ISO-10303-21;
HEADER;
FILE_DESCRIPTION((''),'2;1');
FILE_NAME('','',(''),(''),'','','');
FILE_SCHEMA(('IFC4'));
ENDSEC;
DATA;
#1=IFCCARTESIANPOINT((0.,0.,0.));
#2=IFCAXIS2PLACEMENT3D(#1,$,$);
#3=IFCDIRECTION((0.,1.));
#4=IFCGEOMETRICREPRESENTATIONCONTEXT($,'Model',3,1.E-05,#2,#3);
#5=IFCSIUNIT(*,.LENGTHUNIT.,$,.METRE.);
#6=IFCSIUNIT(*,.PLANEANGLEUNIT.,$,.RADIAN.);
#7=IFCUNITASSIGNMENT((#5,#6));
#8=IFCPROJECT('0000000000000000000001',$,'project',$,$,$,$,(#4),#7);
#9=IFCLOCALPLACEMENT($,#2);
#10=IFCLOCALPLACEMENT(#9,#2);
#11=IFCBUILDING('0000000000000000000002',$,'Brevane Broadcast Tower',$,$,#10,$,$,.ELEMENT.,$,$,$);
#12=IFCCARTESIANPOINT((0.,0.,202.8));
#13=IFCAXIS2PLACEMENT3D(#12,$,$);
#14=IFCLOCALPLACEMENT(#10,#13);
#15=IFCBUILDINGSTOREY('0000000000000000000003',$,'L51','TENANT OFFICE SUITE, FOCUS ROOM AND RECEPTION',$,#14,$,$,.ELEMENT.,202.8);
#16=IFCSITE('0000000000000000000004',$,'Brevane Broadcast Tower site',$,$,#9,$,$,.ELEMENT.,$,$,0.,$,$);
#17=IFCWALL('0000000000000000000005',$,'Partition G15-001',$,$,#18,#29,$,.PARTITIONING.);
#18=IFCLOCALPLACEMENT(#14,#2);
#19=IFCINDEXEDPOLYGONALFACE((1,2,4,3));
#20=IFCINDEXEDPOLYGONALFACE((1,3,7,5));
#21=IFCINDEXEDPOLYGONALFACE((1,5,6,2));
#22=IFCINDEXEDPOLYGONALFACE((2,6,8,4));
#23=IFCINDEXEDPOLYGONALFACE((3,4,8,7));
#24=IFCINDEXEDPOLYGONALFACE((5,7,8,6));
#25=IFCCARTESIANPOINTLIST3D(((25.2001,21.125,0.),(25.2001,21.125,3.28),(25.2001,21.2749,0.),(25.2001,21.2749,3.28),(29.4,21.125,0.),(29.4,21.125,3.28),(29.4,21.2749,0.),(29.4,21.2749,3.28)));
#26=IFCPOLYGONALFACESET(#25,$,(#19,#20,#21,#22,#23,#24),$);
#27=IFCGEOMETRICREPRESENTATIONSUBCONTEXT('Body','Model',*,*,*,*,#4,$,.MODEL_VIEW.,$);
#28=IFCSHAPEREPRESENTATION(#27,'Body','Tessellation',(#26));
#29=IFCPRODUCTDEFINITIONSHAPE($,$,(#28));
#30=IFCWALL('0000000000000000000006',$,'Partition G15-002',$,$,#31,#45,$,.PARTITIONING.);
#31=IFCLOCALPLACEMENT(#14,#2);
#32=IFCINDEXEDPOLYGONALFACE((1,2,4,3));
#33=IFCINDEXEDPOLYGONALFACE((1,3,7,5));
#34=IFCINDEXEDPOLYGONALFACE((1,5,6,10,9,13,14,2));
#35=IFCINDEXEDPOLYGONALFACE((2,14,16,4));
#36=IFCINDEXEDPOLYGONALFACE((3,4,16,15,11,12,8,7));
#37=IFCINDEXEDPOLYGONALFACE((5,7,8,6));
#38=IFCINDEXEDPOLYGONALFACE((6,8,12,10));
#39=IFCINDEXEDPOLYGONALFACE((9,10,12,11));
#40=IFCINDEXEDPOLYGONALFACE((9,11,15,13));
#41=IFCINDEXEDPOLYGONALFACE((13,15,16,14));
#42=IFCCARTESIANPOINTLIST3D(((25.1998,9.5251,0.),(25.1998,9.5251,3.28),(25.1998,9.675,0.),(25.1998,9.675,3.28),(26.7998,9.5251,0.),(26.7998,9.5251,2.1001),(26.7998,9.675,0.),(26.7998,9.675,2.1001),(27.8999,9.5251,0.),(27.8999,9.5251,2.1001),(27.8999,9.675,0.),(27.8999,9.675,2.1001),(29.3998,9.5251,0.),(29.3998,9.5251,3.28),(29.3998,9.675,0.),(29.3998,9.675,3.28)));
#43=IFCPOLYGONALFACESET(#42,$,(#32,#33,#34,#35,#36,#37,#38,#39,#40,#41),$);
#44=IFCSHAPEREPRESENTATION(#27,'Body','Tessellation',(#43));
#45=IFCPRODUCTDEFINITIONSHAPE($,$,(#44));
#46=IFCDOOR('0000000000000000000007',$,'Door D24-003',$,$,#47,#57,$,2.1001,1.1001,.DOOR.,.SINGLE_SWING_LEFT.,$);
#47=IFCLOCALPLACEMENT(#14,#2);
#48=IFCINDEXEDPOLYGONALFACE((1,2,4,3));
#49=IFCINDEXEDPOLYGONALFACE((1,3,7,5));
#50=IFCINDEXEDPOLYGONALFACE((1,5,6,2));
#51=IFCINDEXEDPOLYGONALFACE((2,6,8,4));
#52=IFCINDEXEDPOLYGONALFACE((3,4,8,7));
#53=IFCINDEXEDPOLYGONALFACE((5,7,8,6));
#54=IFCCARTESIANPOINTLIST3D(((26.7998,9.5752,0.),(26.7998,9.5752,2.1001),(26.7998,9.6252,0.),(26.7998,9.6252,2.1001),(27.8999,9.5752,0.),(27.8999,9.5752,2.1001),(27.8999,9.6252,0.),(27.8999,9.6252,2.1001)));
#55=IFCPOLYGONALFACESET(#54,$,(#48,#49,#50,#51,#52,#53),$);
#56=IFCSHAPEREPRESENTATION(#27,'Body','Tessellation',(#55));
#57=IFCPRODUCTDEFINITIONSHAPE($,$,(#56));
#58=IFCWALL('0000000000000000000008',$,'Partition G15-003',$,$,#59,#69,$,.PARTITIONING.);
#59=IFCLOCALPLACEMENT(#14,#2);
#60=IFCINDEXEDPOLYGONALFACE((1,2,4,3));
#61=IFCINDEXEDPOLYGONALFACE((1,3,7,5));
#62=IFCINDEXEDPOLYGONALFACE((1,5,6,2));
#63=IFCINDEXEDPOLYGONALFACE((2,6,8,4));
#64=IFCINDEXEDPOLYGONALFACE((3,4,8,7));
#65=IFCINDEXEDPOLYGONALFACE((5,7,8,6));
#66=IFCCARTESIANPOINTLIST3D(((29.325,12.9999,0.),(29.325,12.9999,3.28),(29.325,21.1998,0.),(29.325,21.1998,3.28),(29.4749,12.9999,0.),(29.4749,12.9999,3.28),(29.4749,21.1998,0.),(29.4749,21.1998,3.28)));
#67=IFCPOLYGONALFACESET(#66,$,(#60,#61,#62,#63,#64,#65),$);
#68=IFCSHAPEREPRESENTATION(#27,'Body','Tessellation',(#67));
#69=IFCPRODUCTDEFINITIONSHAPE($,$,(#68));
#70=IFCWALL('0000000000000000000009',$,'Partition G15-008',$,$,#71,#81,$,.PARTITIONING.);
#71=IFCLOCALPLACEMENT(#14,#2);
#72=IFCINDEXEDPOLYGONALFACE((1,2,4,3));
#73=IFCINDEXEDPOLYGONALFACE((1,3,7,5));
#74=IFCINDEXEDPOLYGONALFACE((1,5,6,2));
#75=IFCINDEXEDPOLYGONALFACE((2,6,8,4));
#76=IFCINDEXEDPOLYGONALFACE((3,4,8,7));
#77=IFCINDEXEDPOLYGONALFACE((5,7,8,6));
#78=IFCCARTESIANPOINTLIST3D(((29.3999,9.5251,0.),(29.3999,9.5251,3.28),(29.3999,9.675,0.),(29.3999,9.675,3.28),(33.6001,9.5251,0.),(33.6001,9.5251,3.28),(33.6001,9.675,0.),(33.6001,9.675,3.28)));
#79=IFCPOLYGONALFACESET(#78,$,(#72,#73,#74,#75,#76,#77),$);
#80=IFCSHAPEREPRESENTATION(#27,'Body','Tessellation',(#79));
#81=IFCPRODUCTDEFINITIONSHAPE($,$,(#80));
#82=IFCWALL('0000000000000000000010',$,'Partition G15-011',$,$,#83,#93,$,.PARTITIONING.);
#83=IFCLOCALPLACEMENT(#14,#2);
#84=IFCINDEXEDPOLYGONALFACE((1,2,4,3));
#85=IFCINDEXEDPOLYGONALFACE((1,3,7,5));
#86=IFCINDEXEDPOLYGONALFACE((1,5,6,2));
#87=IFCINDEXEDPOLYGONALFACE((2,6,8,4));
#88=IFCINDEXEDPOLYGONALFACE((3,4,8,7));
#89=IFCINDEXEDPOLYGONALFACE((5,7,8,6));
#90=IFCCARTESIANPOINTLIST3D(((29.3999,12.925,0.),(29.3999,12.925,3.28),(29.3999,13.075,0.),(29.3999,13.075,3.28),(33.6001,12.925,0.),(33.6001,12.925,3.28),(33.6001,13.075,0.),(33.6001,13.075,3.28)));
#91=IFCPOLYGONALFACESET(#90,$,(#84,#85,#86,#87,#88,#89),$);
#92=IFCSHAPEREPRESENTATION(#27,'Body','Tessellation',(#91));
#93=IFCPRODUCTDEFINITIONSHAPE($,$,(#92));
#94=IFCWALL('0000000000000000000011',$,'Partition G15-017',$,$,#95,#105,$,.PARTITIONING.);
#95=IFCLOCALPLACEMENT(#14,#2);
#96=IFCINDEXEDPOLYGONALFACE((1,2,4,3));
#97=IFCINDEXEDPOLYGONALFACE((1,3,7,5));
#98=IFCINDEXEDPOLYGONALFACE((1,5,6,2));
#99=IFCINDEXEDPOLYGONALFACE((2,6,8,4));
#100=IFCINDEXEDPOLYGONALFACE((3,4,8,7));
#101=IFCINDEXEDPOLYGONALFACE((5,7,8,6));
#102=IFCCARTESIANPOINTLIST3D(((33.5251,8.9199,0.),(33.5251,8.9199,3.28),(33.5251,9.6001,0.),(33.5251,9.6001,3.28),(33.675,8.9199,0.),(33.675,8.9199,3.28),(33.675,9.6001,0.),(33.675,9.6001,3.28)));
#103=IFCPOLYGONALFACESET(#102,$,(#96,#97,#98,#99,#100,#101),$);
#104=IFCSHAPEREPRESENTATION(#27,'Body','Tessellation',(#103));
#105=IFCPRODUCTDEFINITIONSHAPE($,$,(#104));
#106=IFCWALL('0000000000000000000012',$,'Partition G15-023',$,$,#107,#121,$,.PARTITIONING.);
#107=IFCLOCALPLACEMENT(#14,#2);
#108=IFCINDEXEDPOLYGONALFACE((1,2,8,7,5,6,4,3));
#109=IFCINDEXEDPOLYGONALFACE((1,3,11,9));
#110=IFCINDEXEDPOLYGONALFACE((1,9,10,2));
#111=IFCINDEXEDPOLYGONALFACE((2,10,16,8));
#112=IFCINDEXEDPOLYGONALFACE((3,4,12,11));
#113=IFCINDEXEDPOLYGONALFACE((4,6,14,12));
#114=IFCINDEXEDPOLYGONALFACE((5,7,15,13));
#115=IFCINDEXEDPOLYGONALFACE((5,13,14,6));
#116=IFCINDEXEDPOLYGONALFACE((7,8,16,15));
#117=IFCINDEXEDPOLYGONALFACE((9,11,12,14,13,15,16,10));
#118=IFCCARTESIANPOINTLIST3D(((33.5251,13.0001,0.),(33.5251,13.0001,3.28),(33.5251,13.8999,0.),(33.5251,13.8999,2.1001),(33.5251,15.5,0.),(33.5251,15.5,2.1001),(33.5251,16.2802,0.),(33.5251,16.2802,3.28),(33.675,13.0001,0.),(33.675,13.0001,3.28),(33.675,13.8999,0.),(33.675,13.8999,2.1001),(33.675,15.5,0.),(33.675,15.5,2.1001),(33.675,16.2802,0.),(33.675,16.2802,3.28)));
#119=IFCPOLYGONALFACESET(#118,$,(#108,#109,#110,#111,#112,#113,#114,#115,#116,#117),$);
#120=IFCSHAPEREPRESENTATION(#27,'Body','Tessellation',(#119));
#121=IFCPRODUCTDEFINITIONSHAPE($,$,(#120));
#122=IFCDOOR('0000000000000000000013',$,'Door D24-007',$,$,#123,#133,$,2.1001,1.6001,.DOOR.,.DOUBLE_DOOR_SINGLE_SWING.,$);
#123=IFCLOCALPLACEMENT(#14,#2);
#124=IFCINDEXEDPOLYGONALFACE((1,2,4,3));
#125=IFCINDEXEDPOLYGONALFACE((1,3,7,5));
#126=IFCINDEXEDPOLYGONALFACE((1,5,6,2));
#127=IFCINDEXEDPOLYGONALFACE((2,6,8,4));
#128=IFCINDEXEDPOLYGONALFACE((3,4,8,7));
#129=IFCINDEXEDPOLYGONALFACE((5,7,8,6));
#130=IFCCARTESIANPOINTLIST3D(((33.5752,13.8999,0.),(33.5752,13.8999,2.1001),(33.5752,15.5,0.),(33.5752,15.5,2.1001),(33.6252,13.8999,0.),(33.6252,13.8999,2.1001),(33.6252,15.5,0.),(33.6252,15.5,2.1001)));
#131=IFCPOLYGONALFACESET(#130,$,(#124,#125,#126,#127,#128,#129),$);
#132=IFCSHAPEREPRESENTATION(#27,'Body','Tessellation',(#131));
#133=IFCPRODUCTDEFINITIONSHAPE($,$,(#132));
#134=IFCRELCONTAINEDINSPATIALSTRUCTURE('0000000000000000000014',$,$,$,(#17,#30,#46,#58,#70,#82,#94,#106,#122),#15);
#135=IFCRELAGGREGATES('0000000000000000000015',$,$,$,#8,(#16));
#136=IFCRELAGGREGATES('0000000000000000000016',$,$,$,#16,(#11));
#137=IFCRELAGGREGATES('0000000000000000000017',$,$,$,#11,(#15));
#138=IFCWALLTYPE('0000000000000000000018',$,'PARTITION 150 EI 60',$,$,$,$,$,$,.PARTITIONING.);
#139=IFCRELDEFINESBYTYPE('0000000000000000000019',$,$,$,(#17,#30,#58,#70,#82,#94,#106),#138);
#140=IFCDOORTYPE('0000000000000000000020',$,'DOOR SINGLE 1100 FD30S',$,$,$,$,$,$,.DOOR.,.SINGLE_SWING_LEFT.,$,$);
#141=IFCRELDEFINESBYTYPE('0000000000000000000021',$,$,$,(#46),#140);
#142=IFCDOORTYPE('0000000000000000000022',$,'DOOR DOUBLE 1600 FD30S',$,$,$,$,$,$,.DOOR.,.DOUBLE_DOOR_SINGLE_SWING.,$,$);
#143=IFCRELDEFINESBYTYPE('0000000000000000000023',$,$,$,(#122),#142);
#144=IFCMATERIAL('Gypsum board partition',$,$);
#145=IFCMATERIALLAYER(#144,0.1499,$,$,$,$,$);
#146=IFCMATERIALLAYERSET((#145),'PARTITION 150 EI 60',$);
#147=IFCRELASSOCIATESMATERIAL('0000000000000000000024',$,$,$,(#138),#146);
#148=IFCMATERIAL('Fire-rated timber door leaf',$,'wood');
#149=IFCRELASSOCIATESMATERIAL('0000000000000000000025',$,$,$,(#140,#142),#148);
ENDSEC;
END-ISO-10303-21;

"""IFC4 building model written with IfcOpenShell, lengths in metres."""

from ifc_helpers import new_model, si_unit, direction, frame, frame_2d, origin, place, context, subcontext, project, spatial, rectangle, extrude, material, layer, layer_set, type_object, element, fill, save


model = new_model("IFC4")

# Units and contexts
model_context = context("Model", 3, precision=1e-05, world=origin(), true_north=direction((0.0, 1.0)))
body_context = subcontext(model_context, "Body", "Model", "MODEL_VIEW")
ifc_project = project(units=[si_unit("LENGTHUNIT", "METRE"), si_unit("PLANEANGLEUNIT", "RADIAN")], contexts=[model_context])

# Site, building, storey
site_placement = place(None, origin())
site = spatial("IfcSite", under=ifc_project, at=site_placement, Name="Brevane Broadcast Tower site", CompositionType="ELEMENT", RefElevation=0.0)
building_placement = place(site_placement, origin())
building = spatial("IfcBuilding", under=site, at=building_placement, Name="Brevane Broadcast Tower", CompositionType="ELEMENT")
storey_placement = place(building_placement, frame((0.0, 0.0, 202.8)))
storey = spatial("IfcBuildingStorey", under=building, at=storey_placement, Name="L51", Description="TENANT OFFICE SUITE, FOCUS ROOM AND RECEPTION", CompositionType="ELEMENT", Elevation=202.8)

# Wall
ifc_material_1 = material(Name="Gypsum board partition")
ifc_layer_1 = layer(ifc_material_1, 0.1499)
ifc_layer_set_1 = layer_set([ifc_layer_1], Name="PARTITION 150 EI 60")
wall_type_1 = type_object("IfcWallType", Name="PARTITION 150 EI 60", PredefinedType="PARTITIONING", material=ifc_layer_set_1)
wall_1_placement = place(storey_placement, frame((25.2, 21.2, 0.0), z_axis=(0.0, 0.0, 1.0), x_axis=(1.0, 0.0, 0.0)))
element("IfcWall", 1, at=wall_1_placement, inside=storey, type_object=wall_type_1, Name="Partition G15-001", PredefinedType="PARTITIONING", context=body_context, shape_type="SweptSolid", body=[
    extrude(rectangle(XDim=4.2, YDim=0.1499, at=frame_2d((2.1001, 0.0))), origin(), (0.0, 0.0, 1.0), 3.28),
])

# Wall, opening, door
wall_2_placement = place(storey_placement, frame((29.3999, 9.6001, 0.0), z_axis=(0.0, 0.0, 1.0), x_axis=(-1.0, 0.0, 0.0)))
wall_2 = element("IfcWall", 2, at=wall_2_placement, inside=storey, type_object=wall_type_1, Name="Partition G15-002", PredefinedType="PARTITIONING", context=body_context, shape_type="SweptSolid", body=[
    extrude(rectangle(XDim=4.2, YDim=0.1499, at=frame_2d((2.1001, 0.0))), origin(), (0.0, 0.0, 1.0), 3.28),
])
opening_1_placement = place(wall_2_placement, frame((1.5, 0.0, 0.0)))
opening_1 = element("IfcOpeningElement", 3, at=opening_1_placement, cuts=wall_2, PredefinedType="OPENING", context=body_context, shape_type="SweptSolid", body=[
    extrude(rectangle(XDim=1.1001, YDim=2.1001, at=frame_2d((0.55, 1.05))), frame((0.0, 0.085, 0.0), z_axis=(0.0, -1.0, 0.0), x_axis=(1.0, 0.0, 0.0)), (0.0, 0.0, 1.0), 0.1699),
])
ifc_material_2 = material(Name="Fire-rated timber door leaf", Category="wood")
door_type_1 = type_object("IfcDoorType", Name="DOOR SINGLE 1100 FD30S", OperationType="SINGLE_SWING_LEFT", PredefinedType="DOOR", material=ifc_material_2)
door_1_placement = place(opening_1_placement, origin())
door_1 = element("IfcDoor", 4, at=door_1_placement, inside=storey, type_object=door_type_1, Name="Door D24-003", OperationType="SINGLE_SWING_LEFT", OverallHeight=2.1001, OverallWidth=1.1001, PredefinedType="DOOR", context=body_context, shape_type="SweptSolid", body=[
    extrude(rectangle(XDim=1.1001, YDim=2.1001, at=frame_2d((0.55, 1.05))), frame((0.0, 0.0249, 0.0), z_axis=(0.0, -1.0, 0.0), x_axis=(1.0, 0.0, 0.0)), (0.0, 0.0, 1.0), 0.05),
])
fill(opening_1, door_1)

# Walls
wall_3_placement = place(storey_placement, frame((29.3999, 21.2, 0.0), z_axis=(0.0, 0.0, 1.0), x_axis=(0.0, -1.0, 0.0)))
element("IfcWall", 5, at=wall_3_placement, inside=storey, type_object=wall_type_1, Name="Partition G15-003", PredefinedType="PARTITIONING", context=body_context, shape_type="SweptSolid", body=[
    extrude(rectangle(XDim=8.2, YDim=0.1499, at=frame_2d((4.1001, 0.0))), origin(), (0.0, 0.0, 1.0), 3.28),
])
for number, where, z_axis, x_axis, name in (
    (6, (33.6001, 9.6001, 0.0), (0.0, 0.0, 1.0), (-1.0, 0.0, 0.0), "Partition G15-008"),
    (7, (29.3999, 13.0, 0.0), (0.0, 0.0, 1.0), (1.0, 0.0, 0.0), "Partition G15-011"),
):
    element("IfcWall", number, at=place(storey_placement, frame(where, z_axis=z_axis, x_axis=x_axis)), inside=storey, type_object=wall_type_1, Name=name, PredefinedType="PARTITIONING", context=body_context, shape_type="SweptSolid", body=[
        extrude(rectangle(XDim=4.2002, YDim=0.1499, at=frame_2d((2.1001, 0.0))), origin(), (0.0, 0.0, 1.0), 3.28),
    ])
wall_4_placement = place(storey_placement, frame((33.6001, 8.9199, 0.0), z_axis=(0.0, 0.0, 1.0), x_axis=(0.0, 1.0, 0.0)))
element("IfcWall", 8, at=wall_4_placement, inside=storey, type_object=wall_type_1, Name="Partition G15-017", PredefinedType="PARTITIONING", context=body_context, shape_type="SweptSolid", body=[
    extrude(rectangle(XDim=0.6802, YDim=0.1499, at=frame_2d((0.3401, 0.0))), origin(), (0.0, 0.0, 1.0), 3.28),
])

# Wall, opening, door
wall_5_placement = place(storey_placement, frame((33.6001, 13.0, 0.0), z_axis=(0.0, 0.0, 1.0), x_axis=(0.0, 1.0, 0.0)))
wall_5 = element("IfcWall", 9, at=wall_5_placement, inside=storey, type_object=wall_type_1, Name="Partition G15-023", PredefinedType="PARTITIONING", context=body_context, shape_type="SweptSolid", body=[
    extrude(rectangle(XDim=3.28, YDim=0.1499, at=frame_2d((1.6401, 0.0))), origin(), (0.0, 0.0, 1.0), 3.28),
])
opening_2_placement = place(wall_5_placement, frame((0.8999, 0.0, 0.0)))
opening_2 = element("IfcOpeningElement", 10, at=opening_2_placement, cuts=wall_5, PredefinedType="OPENING", context=body_context, shape_type="SweptSolid", body=[
    extrude(rectangle(XDim=1.6001, YDim=2.1001, at=frame_2d((0.8, 1.05))), frame((0.0, 0.085, 0.0), z_axis=(0.0, -1.0, 0.0), x_axis=(1.0, 0.0, 0.0)), (0.0, 0.0, 1.0), 0.1699),
])
door_type_2 = type_object("IfcDoorType", Name="DOOR DOUBLE 1600 FD30S", OperationType="DOUBLE_DOOR_SINGLE_SWING", PredefinedType="DOOR", material=ifc_material_2)
door_2_placement = place(opening_2_placement, origin())
door_2 = element("IfcDoor", 11, at=door_2_placement, inside=storey, type_object=door_type_2, Name="Door D24-007", OperationType="DOUBLE_DOOR_SINGLE_SWING", OverallHeight=2.1001, OverallWidth=1.6001, PredefinedType="DOOR", context=body_context, shape_type="SweptSolid", body=[
    extrude(rectangle(XDim=1.6001, YDim=2.1001, at=frame_2d((0.8, 1.05))), frame((0.0, 0.0249, 0.0), z_axis=(0.0, -1.0, 0.0), x_axis=(1.0, 0.0, 0.0)), (0.0, 0.0, 1.0), 0.05),
])
fill(opening_2, door_2)

save(model, "model.ifc")
